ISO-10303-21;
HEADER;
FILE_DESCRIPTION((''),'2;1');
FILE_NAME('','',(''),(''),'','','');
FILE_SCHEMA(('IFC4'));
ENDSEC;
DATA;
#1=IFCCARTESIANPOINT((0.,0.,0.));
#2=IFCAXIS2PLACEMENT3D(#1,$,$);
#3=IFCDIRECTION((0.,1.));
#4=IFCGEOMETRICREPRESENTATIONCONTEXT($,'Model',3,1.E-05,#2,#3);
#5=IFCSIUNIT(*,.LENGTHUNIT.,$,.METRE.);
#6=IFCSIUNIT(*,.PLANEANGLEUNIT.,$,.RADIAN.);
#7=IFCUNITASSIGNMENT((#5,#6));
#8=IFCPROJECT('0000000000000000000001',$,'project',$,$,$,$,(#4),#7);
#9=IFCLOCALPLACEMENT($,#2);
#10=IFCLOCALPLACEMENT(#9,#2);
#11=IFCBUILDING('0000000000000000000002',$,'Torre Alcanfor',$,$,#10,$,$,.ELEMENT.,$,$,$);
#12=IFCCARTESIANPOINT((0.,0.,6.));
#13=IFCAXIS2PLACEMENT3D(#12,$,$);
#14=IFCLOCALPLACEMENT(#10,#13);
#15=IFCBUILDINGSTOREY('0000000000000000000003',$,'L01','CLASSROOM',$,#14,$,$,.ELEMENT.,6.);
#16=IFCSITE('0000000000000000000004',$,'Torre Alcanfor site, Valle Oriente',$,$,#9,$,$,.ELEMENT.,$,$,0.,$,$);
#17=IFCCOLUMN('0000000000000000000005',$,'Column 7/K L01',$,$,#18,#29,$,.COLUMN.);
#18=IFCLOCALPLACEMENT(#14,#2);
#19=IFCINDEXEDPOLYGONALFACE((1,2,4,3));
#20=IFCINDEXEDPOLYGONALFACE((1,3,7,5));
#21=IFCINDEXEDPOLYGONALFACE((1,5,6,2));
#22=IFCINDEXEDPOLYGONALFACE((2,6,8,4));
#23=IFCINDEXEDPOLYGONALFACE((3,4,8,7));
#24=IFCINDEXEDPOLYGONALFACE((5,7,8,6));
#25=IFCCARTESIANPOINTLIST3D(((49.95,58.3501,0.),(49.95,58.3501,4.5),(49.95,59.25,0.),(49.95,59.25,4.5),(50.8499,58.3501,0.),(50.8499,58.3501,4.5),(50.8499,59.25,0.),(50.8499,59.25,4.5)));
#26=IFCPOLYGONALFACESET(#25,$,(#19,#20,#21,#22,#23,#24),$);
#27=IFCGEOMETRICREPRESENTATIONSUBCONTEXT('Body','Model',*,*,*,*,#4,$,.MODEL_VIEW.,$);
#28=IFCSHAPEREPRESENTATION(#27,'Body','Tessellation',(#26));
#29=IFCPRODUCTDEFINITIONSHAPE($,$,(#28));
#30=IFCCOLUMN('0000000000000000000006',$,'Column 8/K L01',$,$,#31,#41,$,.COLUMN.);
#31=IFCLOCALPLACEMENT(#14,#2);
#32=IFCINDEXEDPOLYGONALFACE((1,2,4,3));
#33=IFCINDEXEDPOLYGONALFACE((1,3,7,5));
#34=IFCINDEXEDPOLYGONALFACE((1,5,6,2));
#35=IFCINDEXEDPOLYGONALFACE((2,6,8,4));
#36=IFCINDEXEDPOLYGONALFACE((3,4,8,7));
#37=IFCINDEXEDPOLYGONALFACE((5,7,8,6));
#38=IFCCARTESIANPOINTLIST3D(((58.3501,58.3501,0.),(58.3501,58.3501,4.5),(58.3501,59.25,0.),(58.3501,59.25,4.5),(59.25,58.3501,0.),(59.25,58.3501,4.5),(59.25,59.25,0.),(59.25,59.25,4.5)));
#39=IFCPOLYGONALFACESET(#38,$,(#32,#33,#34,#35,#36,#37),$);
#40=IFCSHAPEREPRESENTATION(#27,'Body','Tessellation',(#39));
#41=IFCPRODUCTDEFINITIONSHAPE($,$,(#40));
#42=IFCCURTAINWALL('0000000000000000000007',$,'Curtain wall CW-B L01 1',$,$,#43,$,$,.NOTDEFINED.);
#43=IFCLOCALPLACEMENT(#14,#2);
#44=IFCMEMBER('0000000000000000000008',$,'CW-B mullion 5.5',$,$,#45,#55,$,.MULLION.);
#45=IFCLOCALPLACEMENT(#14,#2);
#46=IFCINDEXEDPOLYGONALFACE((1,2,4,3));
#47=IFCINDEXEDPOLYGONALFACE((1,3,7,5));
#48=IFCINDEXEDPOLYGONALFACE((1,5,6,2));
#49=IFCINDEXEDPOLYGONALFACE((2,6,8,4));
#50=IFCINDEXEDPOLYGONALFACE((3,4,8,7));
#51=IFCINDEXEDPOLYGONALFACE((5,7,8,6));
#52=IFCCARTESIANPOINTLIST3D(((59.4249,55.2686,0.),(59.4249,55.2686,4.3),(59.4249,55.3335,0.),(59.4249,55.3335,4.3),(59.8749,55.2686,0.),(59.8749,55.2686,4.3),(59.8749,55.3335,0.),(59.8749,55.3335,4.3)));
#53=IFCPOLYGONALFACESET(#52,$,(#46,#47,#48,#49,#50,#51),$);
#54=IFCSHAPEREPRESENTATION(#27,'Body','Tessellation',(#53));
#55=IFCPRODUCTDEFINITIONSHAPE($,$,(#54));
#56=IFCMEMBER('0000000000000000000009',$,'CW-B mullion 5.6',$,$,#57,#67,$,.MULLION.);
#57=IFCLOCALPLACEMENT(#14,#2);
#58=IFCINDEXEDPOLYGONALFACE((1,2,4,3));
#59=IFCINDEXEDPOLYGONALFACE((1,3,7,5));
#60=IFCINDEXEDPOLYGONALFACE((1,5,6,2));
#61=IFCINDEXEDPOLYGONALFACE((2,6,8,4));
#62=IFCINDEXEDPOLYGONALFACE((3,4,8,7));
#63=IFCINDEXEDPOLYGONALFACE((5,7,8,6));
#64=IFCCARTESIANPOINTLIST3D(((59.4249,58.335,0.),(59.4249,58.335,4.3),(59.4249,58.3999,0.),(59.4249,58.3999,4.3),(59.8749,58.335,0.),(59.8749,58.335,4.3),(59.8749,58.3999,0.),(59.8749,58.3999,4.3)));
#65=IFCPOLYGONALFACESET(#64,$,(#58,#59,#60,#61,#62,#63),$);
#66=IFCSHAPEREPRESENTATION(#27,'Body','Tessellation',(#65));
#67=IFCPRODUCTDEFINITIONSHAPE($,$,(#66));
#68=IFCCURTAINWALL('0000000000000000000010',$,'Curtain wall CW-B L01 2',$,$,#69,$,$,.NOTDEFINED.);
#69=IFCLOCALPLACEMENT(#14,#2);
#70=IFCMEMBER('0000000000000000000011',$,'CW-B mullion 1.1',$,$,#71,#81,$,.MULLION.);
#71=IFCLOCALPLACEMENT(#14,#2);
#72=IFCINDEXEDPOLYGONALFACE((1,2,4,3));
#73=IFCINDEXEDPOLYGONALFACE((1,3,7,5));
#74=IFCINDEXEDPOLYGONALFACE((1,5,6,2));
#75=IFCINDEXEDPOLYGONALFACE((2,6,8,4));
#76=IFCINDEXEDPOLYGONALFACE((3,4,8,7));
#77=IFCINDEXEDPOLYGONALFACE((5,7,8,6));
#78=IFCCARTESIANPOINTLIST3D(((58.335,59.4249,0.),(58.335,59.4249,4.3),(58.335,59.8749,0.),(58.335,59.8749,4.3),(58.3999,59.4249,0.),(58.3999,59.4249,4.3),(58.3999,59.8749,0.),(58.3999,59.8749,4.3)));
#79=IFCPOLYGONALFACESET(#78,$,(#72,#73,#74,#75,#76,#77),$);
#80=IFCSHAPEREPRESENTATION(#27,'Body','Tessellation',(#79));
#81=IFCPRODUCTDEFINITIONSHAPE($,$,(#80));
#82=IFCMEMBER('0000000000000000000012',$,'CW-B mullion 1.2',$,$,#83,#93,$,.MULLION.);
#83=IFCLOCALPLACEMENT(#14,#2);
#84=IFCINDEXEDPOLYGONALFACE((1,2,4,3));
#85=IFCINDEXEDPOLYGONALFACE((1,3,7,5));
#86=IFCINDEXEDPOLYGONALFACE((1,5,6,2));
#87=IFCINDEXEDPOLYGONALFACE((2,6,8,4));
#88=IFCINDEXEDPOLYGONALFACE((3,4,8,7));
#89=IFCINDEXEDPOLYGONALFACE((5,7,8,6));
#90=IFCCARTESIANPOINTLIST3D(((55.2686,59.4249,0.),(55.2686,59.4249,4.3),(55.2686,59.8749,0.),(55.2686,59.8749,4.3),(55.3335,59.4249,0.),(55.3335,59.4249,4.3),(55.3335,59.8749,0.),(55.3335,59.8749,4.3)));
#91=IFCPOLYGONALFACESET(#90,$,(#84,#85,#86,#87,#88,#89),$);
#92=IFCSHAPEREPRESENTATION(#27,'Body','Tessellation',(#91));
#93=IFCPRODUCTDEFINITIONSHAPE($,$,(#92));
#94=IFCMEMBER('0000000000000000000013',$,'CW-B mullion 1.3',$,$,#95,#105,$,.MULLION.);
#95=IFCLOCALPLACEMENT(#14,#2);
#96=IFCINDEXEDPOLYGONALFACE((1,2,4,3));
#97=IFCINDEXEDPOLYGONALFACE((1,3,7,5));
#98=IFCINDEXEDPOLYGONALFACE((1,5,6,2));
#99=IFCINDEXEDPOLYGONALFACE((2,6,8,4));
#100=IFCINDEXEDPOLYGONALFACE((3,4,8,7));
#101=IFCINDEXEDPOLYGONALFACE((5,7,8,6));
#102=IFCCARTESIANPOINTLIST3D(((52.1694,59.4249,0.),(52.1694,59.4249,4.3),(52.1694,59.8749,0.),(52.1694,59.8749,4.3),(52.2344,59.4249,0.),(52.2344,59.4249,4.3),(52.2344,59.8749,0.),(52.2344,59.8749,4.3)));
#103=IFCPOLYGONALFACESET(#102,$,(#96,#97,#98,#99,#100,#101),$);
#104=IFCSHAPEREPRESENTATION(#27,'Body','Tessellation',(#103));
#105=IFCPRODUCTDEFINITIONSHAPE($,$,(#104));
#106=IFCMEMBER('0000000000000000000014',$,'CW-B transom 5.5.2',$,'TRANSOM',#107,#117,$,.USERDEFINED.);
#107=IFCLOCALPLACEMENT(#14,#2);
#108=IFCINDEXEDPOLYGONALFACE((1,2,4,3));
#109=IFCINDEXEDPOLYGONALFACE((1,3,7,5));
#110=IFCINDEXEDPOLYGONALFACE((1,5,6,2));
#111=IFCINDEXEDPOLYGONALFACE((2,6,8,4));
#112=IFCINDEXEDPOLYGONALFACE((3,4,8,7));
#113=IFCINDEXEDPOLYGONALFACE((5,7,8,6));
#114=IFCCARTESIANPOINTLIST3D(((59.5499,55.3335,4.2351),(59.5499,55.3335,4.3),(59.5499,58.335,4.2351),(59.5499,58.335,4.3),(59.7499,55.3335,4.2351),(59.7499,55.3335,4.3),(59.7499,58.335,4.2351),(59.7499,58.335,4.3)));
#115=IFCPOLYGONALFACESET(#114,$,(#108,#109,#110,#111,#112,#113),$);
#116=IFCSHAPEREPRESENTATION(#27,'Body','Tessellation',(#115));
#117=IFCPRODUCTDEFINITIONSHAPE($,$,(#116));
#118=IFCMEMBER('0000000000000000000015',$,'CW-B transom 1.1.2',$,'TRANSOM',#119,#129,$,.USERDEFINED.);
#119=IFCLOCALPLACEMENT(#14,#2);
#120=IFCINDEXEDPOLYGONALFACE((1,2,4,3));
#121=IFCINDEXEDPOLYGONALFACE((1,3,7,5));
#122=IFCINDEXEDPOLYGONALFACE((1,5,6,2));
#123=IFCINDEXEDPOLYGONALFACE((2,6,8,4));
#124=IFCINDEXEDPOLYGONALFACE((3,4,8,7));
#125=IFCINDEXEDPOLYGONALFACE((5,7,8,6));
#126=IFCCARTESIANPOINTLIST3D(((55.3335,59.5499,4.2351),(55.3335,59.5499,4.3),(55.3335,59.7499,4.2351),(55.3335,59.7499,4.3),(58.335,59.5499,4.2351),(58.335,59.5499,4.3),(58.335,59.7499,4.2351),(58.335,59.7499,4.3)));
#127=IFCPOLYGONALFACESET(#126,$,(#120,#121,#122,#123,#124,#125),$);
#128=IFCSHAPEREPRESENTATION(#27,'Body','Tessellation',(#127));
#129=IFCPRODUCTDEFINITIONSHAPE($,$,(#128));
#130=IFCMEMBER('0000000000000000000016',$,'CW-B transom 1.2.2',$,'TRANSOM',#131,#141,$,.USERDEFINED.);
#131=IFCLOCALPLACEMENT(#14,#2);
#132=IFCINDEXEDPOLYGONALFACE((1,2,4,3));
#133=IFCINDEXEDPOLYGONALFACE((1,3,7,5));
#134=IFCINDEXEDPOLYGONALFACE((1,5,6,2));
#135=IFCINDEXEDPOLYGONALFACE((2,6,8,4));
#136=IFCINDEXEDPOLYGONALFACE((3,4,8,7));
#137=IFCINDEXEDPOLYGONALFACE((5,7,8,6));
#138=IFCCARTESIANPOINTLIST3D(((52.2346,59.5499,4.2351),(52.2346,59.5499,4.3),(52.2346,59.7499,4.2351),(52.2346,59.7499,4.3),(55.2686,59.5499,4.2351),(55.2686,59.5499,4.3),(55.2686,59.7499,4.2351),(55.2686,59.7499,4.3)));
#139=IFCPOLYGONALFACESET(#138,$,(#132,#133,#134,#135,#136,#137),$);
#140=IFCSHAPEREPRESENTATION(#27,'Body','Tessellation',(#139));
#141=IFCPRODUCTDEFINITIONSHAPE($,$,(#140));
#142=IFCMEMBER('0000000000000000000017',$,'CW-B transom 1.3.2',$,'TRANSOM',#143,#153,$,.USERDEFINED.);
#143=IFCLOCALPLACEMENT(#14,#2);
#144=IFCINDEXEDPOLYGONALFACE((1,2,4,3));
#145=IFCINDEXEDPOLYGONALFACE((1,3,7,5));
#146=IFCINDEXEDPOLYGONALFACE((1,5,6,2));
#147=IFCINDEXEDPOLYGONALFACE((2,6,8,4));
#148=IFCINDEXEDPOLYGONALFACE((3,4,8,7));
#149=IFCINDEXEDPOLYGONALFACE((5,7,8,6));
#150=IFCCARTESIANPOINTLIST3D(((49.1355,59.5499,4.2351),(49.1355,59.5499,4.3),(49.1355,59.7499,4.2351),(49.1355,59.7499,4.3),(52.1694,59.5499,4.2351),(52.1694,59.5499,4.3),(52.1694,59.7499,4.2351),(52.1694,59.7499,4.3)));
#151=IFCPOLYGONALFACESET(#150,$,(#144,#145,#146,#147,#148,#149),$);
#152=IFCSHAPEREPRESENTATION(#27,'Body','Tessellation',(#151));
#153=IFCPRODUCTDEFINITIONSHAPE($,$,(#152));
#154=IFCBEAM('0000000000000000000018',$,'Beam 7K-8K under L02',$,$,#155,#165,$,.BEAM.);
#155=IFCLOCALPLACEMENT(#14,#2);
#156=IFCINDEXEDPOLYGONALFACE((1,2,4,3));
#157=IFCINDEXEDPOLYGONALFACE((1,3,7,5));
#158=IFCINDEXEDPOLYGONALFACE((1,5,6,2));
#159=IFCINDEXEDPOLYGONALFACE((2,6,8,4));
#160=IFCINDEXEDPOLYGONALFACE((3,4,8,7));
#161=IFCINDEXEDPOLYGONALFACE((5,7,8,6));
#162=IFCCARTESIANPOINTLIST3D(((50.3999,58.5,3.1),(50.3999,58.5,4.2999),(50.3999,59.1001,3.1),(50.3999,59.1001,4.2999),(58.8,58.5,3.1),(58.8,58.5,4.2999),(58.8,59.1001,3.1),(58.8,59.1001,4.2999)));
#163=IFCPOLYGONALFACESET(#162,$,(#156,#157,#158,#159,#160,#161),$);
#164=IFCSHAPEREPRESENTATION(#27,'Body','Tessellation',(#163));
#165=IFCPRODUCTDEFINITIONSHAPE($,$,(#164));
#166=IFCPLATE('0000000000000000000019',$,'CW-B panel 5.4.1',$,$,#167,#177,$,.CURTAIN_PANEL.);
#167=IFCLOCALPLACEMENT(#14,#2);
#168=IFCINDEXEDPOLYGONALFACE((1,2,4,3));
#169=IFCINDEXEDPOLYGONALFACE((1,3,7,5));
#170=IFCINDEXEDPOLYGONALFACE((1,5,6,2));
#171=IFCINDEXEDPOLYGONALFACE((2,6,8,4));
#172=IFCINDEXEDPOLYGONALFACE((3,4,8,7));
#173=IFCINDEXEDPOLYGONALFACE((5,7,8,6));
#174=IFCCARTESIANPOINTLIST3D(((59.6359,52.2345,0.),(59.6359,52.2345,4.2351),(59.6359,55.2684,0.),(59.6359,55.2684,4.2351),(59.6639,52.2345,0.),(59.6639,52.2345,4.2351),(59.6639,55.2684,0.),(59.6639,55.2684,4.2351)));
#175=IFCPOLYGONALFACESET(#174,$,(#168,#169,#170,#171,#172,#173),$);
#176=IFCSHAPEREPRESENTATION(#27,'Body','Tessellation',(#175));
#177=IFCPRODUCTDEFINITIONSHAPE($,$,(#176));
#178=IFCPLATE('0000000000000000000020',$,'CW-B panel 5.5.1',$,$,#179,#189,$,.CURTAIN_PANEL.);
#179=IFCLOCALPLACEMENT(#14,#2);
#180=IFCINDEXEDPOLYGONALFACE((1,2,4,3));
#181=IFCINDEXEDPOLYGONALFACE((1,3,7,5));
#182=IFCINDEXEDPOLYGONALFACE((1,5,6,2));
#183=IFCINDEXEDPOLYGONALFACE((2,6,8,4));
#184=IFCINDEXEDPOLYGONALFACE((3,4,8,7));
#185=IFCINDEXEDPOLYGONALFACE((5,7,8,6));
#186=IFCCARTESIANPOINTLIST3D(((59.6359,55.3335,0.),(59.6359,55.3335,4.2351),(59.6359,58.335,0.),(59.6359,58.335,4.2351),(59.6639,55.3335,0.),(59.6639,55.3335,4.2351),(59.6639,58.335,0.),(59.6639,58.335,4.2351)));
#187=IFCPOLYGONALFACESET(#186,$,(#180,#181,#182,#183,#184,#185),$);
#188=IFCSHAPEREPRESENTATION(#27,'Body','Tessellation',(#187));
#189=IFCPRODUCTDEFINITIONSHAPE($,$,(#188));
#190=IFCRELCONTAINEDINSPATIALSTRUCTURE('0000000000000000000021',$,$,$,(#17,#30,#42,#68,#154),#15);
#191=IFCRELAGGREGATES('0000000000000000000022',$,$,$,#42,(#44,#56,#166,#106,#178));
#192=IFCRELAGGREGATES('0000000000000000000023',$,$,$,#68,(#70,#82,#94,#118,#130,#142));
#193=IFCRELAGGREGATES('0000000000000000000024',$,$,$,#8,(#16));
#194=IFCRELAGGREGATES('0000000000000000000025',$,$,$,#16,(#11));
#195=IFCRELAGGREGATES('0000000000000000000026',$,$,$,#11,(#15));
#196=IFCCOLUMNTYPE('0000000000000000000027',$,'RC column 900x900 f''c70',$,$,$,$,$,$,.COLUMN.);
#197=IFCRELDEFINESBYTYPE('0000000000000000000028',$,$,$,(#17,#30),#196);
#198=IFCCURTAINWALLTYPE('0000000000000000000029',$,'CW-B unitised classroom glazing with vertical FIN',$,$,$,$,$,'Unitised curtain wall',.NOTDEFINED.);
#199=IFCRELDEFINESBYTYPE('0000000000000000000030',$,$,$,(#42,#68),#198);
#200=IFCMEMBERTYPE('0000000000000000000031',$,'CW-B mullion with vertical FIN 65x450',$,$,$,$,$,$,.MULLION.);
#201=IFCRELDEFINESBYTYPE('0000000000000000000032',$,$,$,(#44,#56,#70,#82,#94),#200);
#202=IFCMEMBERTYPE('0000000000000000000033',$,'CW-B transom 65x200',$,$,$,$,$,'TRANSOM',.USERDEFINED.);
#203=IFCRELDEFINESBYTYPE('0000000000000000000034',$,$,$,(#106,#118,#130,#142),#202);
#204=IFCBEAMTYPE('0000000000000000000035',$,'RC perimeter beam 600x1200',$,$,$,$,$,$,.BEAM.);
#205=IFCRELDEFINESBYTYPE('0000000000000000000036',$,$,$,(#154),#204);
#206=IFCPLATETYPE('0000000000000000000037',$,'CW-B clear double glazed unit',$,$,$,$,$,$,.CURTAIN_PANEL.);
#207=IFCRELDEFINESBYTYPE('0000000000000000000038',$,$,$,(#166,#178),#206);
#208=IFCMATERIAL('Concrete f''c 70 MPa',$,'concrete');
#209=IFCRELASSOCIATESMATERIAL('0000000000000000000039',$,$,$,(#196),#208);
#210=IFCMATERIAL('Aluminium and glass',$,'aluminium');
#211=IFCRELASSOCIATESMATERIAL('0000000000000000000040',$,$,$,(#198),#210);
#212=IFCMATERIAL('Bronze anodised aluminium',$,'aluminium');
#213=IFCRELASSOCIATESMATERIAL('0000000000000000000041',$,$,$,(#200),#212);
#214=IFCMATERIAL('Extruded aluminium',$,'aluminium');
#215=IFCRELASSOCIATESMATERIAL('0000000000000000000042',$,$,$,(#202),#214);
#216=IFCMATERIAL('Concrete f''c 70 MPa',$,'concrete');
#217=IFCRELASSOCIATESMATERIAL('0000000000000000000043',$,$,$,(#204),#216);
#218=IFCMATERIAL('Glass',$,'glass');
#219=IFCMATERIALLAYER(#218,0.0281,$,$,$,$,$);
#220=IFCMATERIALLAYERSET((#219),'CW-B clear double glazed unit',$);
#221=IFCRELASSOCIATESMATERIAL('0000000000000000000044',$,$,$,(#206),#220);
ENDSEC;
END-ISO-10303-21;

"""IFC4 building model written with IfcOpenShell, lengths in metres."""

from ifc_helpers import new_model, si_unit, direction, frame, origin, origin_2d, place, context, subcontext, project, spatial, rectangle, extrude, material, layer, layer_set, material_profile, profile_set, type_object, element, aggregate, save


model = new_model("IFC4")

# Units and contexts
model_context = context("Model", 3, precision=1e-05, world=origin(), true_north=direction((0.0, 1.0)))
body_context = subcontext(model_context, "Body", "Model", "MODEL_VIEW")
ifc_project = project(units=[si_unit("LENGTHUNIT", "METRE"), si_unit("PLANEANGLEUNIT", "RADIAN")], contexts=[model_context])

# Site, building, storey
site_placement = place(None, origin())
site = spatial("IfcSite", under=ifc_project, at=site_placement, Name="Torre Alcanfor site, Valle Oriente", CompositionType="ELEMENT", RefElevation=0.0)
building_placement = place(site_placement, origin())
building = spatial("IfcBuilding", under=site, at=building_placement, Name="Torre Alcanfor", CompositionType="ELEMENT")
storey_placement = place(building_placement, frame((0.0, 0.0, 6.0)))
storey = spatial("IfcBuildingStorey", under=building, at=storey_placement, Name="L01", Description="CLASSROOM", CompositionType="ELEMENT", Elevation=6.0)

# Columns
ifc_material_1 = material(Name="Concrete f'c 70 MPa", Category="concrete")
ifc_material_profile_1 = material_profile(ifc_material_1, rectangle(XDim=0.8999, YDim=0.8999, at=origin_2d()), Name="900x900")
ifc_profile_set_1 = profile_set([ifc_material_profile_1], Name="Concrete f'c 70 MPa")
column_type = type_object("IfcColumnType", Name="RC column 900x900 f'c70", PredefinedType="COLUMN", material=ifc_profile_set_1)
for number, where, z_axis, x_axis, name in (
    (1, (50.3999, 58.8, 0.0), (0.0, 0.0, 1.0), (1.0, 0.0, 0.0), "Column 7/K L01"),
    (2, (58.8, 58.8, 0.0), (0.0, 0.0, 1.0), (1.0, 0.0, 0.0), "Column 8/K L01"),
):
    element("IfcColumn", number, at=place(storey_placement, frame(where, z_axis=z_axis, x_axis=x_axis)), inside=storey, type_object=column_type, Name=name, PredefinedType="COLUMN", context=body_context, shape_type="SweptSolid", body=[
        extrude(rectangle(XDim=0.8999, YDim=0.8999, at=origin_2d()), origin(), (0.0, 0.0, 1.0), 4.5),
    ])

# Curtain walls, members
ifc_material_2 = material(Name="Aluminium and glass", Category="aluminium")
curtain_wall_type = type_object("IfcCurtainWallType", Name="CW-B unitised classroom glazing with vertical FIN", ElementType="Unitised curtain wall", PredefinedType="NOTDEFINED", material=ifc_material_2)
curtain_wall_1_placement = place(storey_placement, origin())
curtain_wall_1 = element("IfcCurtainWall", 3, at=curtain_wall_1_placement, inside=storey, type_object=curtain_wall_type, Name="Curtain wall CW-B L01 1", PredefinedType="NOTDEFINED")
ifc_material_3 = material(Name="Bronze anodised aluminium", Category="aluminium")
ifc_material_profile_2 = material_profile(ifc_material_3, rectangle(XDim=0.45, YDim=0.0649, at=origin_2d()), Name="CW-B mullion 65x450")
ifc_profile_set_2 = profile_set([ifc_material_profile_2], Name="Bronze anodised aluminium")
member_type_1 = type_object("IfcMemberType", Name="CW-B mullion with vertical FIN 65x450", PredefinedType="MULLION", material=ifc_profile_set_2)
member_1_placement = place(storey_placement, frame((59.6499, 55.301, 0.0), z_axis=(0.0, 0.0, 1.0), x_axis=(-1.0, 0.0, 0.0)))
member_1 = element("IfcMember", 4, at=member_1_placement, type_object=member_type_1, Name="CW-B mullion 5.5", PredefinedType="MULLION", context=body_context, shape_type="SweptSolid", body=[
    extrude(rectangle(XDim=0.45, YDim=0.0649, at=origin_2d()), origin(), (0.0, 0.0, 1.0), 4.3),
])
member_2_placement = place(storey_placement, frame((59.6499, 58.3674, 0.0), z_axis=(0.0, 0.0, 1.0), x_axis=(-1.0, 0.0, 0.0)))
member_2 = element("IfcMember", 5, at=member_2_placement, type_object=member_type_1, Name="CW-B mullion 5.6", PredefinedType="MULLION", context=body_context, shape_type="SweptSolid", body=[
    extrude(rectangle(XDim=0.45, YDim=0.0649, at=origin_2d()), origin(), (0.0, 0.0, 1.0), 4.3),
])
curtain_wall_2_placement = place(storey_placement, origin())
curtain_wall_2 = element("IfcCurtainWall", 6, at=curtain_wall_2_placement, inside=storey, type_object=curtain_wall_type, Name="Curtain wall CW-B L01 2", PredefinedType="NOTDEFINED")
member_3_placement = place(storey_placement, frame((58.3674, 59.6499, 0.0), z_axis=(0.0, 0.0, 1.0), x_axis=(0.0, -1.0, 0.0)))
member_3 = element("IfcMember", 7, at=member_3_placement, type_object=member_type_1, Name="CW-B mullion 1.1", PredefinedType="MULLION", context=body_context, shape_type="SweptSolid", body=[
    extrude(rectangle(XDim=0.45, YDim=0.0649, at=origin_2d()), origin(), (0.0, 0.0, 1.0), 4.3),
])
member_4_placement = place(storey_placement, frame((55.301, 59.6499, 0.0), z_axis=(0.0, 0.0, 1.0), x_axis=(0.0, -1.0, 0.0)))
member_4 = element("IfcMember", 8, at=member_4_placement, type_object=member_type_1, Name="CW-B mullion 1.2", PredefinedType="MULLION", context=body_context, shape_type="SweptSolid", body=[
    extrude(rectangle(XDim=0.45, YDim=0.0649, at=origin_2d()), origin(), (0.0, 0.0, 1.0), 4.3),
])
member_5_placement = place(storey_placement, frame((52.2019, 59.6499, 0.0), z_axis=(0.0, 0.0, 1.0), x_axis=(0.0, -1.0, 0.0)))
member_5 = element("IfcMember", 9, at=member_5_placement, type_object=member_type_1, Name="CW-B mullion 1.3", PredefinedType="MULLION", context=body_context, shape_type="SweptSolid", body=[
    extrude(rectangle(XDim=0.45, YDim=0.0649, at=origin_2d()), origin(), (0.0, 0.0, 1.0), 4.3),
])

# Members
ifc_material_4 = material(Name="Extruded aluminium", Category="aluminium")
ifc_material_profile_3 = material_profile(ifc_material_4, rectangle(XDim=0.2, YDim=0.0649, at=origin_2d()), Name="CW-B transom 200x65")
ifc_profile_set_3 = profile_set([ifc_material_profile_3], Name="Extruded aluminium")
member_type_2 = type_object("IfcMemberType", Name="CW-B transom 65x200", ElementType="TRANSOM", PredefinedType="USERDEFINED", material=ifc_profile_set_3)
member_6_placement = place(storey_placement, frame((59.6499, 55.3335, 4.2676), z_axis=(0.0, 1.0, 0.0), x_axis=(-1.0, 0.0, 0.0)))
member_6 = element("IfcMember", 10, at=member_6_placement, type_object=member_type_2, Name="CW-B transom 5.5.2", ObjectType="TRANSOM", PredefinedType="USERDEFINED", context=body_context, shape_type="SweptSolid", body=[
    extrude(rectangle(XDim=0.2, YDim=0.0649, at=origin_2d()), origin(), (0.0, 0.0, 1.0), 3.0015),
])
member_7_placement = place(storey_placement, frame((58.335, 59.6499, 4.2676), z_axis=(-1.0, 0.0, 0.0), x_axis=(0.0, -1.0, 0.0)))
member_7 = element("IfcMember", 11, at=member_7_placement, type_object=member_type_2, Name="CW-B transom 1.1.2", ObjectType="TRANSOM", PredefinedType="USERDEFINED", context=body_context, shape_type="SweptSolid", body=[
    extrude(rectangle(XDim=0.2, YDim=0.0649, at=origin_2d()), origin(), (0.0, 0.0, 1.0), 3.0015),
])
member_8_placement = place(storey_placement, frame((55.2686, 59.6499, 4.2676), z_axis=(-1.0, 0.0, 0.0), x_axis=(0.0, -1.0, 0.0)))
member_8 = element("IfcMember", 12, at=member_8_placement, type_object=member_type_2, Name="CW-B transom 1.2.2", ObjectType="TRANSOM", PredefinedType="USERDEFINED", context=body_context, shape_type="SweptSolid", body=[
    extrude(rectangle(XDim=0.2, YDim=0.0649, at=origin_2d()), origin(), (0.0, 0.0, 1.0), 3.0339),
])
member_9_placement = place(storey_placement, frame((52.1694, 59.6499, 4.2676), z_axis=(-1.0, 0.0, 0.0), x_axis=(0.0, -1.0, 0.0)))
member_9 = element("IfcMember", 13, at=member_9_placement, type_object=member_type_2, Name="CW-B transom 1.3.2", ObjectType="TRANSOM", PredefinedType="USERDEFINED", context=body_context, shape_type="SweptSolid", body=[
    extrude(rectangle(XDim=0.2, YDim=0.0649, at=origin_2d()), origin(), (0.0, 0.0, 1.0), 3.0339),
])

# Beam
ifc_material_5 = material(Name="Concrete f'c 70 MPa", Category="concrete")
ifc_material_profile_4 = material_profile(ifc_material_5, rectangle(XDim=0.6001, YDim=1.2, at=origin_2d()), Name="600x1200")
ifc_profile_set_4 = profile_set([ifc_material_profile_4], Name="Concrete f'c 70 MPa")
beam_type = type_object("IfcBeamType", Name="RC perimeter beam 600x1200", PredefinedType="BEAM", material=ifc_profile_set_4)
beam_placement = place(storey_placement, frame((50.3999, 58.8, 3.7), z_axis=(1.0, 0.0, 0.0), x_axis=(0.0, 1.0, 0.0)))
element("IfcBeam", 14, at=beam_placement, inside=storey, type_object=beam_type, Name="Beam 7K-8K under L02", PredefinedType="BEAM", context=body_context, shape_type="SweptSolid", body=[
    extrude(rectangle(XDim=0.6001, YDim=1.2, at=origin_2d()), origin(), (0.0, 0.0, 1.0), 8.4001),
])

# Plates
ifc_material_6 = material(Name="Glass", Category="glass")
ifc_layer_1 = layer(ifc_material_6, 0.0281)
ifc_layer_set_1 = layer_set([ifc_layer_1], Name="CW-B clear double glazed unit")
plate_type = type_object("IfcPlateType", Name="CW-B clear double glazed unit", PredefinedType="CURTAIN_PANEL", material=ifc_layer_set_1)
plate_1_placement = place(storey_placement, frame((59.6499, 53.7515, 0.0), z_axis=(0.0, 0.0, 1.0), x_axis=(0.0, 1.0, 0.0)))
plate_1 = element("IfcPlate", 15, at=plate_1_placement, type_object=plate_type, Name="CW-B panel 5.4.1", PredefinedType="CURTAIN_PANEL", context=body_context, shape_type="SweptSolid", body=[
    extrude(rectangle(XDim=3.0339, YDim=0.0281, at=origin_2d()), origin(), (0.0, 0.0, 1.0), 4.2351),
])
plate_2_placement = place(storey_placement, frame((59.6499, 56.8342, 0.0), z_axis=(0.0, 0.0, 1.0), x_axis=(0.0, 1.0, 0.0)))
plate_2 = element("IfcPlate", 16, at=plate_2_placement, type_object=plate_type, Name="CW-B panel 5.5.1", PredefinedType="CURTAIN_PANEL", context=body_context, shape_type="SweptSolid", body=[
    extrude(rectangle(XDim=3.0015, YDim=0.0281, at=origin_2d()), origin(), (0.0, 0.0, 1.0), 4.2351),
])
aggregate(curtain_wall_1, [member_1, member_2, plate_1, member_6, plate_2])
aggregate(curtain_wall_2, [member_3, member_4, member_5, member_7, member_8, member_9])

save(model, "model.ifc")
